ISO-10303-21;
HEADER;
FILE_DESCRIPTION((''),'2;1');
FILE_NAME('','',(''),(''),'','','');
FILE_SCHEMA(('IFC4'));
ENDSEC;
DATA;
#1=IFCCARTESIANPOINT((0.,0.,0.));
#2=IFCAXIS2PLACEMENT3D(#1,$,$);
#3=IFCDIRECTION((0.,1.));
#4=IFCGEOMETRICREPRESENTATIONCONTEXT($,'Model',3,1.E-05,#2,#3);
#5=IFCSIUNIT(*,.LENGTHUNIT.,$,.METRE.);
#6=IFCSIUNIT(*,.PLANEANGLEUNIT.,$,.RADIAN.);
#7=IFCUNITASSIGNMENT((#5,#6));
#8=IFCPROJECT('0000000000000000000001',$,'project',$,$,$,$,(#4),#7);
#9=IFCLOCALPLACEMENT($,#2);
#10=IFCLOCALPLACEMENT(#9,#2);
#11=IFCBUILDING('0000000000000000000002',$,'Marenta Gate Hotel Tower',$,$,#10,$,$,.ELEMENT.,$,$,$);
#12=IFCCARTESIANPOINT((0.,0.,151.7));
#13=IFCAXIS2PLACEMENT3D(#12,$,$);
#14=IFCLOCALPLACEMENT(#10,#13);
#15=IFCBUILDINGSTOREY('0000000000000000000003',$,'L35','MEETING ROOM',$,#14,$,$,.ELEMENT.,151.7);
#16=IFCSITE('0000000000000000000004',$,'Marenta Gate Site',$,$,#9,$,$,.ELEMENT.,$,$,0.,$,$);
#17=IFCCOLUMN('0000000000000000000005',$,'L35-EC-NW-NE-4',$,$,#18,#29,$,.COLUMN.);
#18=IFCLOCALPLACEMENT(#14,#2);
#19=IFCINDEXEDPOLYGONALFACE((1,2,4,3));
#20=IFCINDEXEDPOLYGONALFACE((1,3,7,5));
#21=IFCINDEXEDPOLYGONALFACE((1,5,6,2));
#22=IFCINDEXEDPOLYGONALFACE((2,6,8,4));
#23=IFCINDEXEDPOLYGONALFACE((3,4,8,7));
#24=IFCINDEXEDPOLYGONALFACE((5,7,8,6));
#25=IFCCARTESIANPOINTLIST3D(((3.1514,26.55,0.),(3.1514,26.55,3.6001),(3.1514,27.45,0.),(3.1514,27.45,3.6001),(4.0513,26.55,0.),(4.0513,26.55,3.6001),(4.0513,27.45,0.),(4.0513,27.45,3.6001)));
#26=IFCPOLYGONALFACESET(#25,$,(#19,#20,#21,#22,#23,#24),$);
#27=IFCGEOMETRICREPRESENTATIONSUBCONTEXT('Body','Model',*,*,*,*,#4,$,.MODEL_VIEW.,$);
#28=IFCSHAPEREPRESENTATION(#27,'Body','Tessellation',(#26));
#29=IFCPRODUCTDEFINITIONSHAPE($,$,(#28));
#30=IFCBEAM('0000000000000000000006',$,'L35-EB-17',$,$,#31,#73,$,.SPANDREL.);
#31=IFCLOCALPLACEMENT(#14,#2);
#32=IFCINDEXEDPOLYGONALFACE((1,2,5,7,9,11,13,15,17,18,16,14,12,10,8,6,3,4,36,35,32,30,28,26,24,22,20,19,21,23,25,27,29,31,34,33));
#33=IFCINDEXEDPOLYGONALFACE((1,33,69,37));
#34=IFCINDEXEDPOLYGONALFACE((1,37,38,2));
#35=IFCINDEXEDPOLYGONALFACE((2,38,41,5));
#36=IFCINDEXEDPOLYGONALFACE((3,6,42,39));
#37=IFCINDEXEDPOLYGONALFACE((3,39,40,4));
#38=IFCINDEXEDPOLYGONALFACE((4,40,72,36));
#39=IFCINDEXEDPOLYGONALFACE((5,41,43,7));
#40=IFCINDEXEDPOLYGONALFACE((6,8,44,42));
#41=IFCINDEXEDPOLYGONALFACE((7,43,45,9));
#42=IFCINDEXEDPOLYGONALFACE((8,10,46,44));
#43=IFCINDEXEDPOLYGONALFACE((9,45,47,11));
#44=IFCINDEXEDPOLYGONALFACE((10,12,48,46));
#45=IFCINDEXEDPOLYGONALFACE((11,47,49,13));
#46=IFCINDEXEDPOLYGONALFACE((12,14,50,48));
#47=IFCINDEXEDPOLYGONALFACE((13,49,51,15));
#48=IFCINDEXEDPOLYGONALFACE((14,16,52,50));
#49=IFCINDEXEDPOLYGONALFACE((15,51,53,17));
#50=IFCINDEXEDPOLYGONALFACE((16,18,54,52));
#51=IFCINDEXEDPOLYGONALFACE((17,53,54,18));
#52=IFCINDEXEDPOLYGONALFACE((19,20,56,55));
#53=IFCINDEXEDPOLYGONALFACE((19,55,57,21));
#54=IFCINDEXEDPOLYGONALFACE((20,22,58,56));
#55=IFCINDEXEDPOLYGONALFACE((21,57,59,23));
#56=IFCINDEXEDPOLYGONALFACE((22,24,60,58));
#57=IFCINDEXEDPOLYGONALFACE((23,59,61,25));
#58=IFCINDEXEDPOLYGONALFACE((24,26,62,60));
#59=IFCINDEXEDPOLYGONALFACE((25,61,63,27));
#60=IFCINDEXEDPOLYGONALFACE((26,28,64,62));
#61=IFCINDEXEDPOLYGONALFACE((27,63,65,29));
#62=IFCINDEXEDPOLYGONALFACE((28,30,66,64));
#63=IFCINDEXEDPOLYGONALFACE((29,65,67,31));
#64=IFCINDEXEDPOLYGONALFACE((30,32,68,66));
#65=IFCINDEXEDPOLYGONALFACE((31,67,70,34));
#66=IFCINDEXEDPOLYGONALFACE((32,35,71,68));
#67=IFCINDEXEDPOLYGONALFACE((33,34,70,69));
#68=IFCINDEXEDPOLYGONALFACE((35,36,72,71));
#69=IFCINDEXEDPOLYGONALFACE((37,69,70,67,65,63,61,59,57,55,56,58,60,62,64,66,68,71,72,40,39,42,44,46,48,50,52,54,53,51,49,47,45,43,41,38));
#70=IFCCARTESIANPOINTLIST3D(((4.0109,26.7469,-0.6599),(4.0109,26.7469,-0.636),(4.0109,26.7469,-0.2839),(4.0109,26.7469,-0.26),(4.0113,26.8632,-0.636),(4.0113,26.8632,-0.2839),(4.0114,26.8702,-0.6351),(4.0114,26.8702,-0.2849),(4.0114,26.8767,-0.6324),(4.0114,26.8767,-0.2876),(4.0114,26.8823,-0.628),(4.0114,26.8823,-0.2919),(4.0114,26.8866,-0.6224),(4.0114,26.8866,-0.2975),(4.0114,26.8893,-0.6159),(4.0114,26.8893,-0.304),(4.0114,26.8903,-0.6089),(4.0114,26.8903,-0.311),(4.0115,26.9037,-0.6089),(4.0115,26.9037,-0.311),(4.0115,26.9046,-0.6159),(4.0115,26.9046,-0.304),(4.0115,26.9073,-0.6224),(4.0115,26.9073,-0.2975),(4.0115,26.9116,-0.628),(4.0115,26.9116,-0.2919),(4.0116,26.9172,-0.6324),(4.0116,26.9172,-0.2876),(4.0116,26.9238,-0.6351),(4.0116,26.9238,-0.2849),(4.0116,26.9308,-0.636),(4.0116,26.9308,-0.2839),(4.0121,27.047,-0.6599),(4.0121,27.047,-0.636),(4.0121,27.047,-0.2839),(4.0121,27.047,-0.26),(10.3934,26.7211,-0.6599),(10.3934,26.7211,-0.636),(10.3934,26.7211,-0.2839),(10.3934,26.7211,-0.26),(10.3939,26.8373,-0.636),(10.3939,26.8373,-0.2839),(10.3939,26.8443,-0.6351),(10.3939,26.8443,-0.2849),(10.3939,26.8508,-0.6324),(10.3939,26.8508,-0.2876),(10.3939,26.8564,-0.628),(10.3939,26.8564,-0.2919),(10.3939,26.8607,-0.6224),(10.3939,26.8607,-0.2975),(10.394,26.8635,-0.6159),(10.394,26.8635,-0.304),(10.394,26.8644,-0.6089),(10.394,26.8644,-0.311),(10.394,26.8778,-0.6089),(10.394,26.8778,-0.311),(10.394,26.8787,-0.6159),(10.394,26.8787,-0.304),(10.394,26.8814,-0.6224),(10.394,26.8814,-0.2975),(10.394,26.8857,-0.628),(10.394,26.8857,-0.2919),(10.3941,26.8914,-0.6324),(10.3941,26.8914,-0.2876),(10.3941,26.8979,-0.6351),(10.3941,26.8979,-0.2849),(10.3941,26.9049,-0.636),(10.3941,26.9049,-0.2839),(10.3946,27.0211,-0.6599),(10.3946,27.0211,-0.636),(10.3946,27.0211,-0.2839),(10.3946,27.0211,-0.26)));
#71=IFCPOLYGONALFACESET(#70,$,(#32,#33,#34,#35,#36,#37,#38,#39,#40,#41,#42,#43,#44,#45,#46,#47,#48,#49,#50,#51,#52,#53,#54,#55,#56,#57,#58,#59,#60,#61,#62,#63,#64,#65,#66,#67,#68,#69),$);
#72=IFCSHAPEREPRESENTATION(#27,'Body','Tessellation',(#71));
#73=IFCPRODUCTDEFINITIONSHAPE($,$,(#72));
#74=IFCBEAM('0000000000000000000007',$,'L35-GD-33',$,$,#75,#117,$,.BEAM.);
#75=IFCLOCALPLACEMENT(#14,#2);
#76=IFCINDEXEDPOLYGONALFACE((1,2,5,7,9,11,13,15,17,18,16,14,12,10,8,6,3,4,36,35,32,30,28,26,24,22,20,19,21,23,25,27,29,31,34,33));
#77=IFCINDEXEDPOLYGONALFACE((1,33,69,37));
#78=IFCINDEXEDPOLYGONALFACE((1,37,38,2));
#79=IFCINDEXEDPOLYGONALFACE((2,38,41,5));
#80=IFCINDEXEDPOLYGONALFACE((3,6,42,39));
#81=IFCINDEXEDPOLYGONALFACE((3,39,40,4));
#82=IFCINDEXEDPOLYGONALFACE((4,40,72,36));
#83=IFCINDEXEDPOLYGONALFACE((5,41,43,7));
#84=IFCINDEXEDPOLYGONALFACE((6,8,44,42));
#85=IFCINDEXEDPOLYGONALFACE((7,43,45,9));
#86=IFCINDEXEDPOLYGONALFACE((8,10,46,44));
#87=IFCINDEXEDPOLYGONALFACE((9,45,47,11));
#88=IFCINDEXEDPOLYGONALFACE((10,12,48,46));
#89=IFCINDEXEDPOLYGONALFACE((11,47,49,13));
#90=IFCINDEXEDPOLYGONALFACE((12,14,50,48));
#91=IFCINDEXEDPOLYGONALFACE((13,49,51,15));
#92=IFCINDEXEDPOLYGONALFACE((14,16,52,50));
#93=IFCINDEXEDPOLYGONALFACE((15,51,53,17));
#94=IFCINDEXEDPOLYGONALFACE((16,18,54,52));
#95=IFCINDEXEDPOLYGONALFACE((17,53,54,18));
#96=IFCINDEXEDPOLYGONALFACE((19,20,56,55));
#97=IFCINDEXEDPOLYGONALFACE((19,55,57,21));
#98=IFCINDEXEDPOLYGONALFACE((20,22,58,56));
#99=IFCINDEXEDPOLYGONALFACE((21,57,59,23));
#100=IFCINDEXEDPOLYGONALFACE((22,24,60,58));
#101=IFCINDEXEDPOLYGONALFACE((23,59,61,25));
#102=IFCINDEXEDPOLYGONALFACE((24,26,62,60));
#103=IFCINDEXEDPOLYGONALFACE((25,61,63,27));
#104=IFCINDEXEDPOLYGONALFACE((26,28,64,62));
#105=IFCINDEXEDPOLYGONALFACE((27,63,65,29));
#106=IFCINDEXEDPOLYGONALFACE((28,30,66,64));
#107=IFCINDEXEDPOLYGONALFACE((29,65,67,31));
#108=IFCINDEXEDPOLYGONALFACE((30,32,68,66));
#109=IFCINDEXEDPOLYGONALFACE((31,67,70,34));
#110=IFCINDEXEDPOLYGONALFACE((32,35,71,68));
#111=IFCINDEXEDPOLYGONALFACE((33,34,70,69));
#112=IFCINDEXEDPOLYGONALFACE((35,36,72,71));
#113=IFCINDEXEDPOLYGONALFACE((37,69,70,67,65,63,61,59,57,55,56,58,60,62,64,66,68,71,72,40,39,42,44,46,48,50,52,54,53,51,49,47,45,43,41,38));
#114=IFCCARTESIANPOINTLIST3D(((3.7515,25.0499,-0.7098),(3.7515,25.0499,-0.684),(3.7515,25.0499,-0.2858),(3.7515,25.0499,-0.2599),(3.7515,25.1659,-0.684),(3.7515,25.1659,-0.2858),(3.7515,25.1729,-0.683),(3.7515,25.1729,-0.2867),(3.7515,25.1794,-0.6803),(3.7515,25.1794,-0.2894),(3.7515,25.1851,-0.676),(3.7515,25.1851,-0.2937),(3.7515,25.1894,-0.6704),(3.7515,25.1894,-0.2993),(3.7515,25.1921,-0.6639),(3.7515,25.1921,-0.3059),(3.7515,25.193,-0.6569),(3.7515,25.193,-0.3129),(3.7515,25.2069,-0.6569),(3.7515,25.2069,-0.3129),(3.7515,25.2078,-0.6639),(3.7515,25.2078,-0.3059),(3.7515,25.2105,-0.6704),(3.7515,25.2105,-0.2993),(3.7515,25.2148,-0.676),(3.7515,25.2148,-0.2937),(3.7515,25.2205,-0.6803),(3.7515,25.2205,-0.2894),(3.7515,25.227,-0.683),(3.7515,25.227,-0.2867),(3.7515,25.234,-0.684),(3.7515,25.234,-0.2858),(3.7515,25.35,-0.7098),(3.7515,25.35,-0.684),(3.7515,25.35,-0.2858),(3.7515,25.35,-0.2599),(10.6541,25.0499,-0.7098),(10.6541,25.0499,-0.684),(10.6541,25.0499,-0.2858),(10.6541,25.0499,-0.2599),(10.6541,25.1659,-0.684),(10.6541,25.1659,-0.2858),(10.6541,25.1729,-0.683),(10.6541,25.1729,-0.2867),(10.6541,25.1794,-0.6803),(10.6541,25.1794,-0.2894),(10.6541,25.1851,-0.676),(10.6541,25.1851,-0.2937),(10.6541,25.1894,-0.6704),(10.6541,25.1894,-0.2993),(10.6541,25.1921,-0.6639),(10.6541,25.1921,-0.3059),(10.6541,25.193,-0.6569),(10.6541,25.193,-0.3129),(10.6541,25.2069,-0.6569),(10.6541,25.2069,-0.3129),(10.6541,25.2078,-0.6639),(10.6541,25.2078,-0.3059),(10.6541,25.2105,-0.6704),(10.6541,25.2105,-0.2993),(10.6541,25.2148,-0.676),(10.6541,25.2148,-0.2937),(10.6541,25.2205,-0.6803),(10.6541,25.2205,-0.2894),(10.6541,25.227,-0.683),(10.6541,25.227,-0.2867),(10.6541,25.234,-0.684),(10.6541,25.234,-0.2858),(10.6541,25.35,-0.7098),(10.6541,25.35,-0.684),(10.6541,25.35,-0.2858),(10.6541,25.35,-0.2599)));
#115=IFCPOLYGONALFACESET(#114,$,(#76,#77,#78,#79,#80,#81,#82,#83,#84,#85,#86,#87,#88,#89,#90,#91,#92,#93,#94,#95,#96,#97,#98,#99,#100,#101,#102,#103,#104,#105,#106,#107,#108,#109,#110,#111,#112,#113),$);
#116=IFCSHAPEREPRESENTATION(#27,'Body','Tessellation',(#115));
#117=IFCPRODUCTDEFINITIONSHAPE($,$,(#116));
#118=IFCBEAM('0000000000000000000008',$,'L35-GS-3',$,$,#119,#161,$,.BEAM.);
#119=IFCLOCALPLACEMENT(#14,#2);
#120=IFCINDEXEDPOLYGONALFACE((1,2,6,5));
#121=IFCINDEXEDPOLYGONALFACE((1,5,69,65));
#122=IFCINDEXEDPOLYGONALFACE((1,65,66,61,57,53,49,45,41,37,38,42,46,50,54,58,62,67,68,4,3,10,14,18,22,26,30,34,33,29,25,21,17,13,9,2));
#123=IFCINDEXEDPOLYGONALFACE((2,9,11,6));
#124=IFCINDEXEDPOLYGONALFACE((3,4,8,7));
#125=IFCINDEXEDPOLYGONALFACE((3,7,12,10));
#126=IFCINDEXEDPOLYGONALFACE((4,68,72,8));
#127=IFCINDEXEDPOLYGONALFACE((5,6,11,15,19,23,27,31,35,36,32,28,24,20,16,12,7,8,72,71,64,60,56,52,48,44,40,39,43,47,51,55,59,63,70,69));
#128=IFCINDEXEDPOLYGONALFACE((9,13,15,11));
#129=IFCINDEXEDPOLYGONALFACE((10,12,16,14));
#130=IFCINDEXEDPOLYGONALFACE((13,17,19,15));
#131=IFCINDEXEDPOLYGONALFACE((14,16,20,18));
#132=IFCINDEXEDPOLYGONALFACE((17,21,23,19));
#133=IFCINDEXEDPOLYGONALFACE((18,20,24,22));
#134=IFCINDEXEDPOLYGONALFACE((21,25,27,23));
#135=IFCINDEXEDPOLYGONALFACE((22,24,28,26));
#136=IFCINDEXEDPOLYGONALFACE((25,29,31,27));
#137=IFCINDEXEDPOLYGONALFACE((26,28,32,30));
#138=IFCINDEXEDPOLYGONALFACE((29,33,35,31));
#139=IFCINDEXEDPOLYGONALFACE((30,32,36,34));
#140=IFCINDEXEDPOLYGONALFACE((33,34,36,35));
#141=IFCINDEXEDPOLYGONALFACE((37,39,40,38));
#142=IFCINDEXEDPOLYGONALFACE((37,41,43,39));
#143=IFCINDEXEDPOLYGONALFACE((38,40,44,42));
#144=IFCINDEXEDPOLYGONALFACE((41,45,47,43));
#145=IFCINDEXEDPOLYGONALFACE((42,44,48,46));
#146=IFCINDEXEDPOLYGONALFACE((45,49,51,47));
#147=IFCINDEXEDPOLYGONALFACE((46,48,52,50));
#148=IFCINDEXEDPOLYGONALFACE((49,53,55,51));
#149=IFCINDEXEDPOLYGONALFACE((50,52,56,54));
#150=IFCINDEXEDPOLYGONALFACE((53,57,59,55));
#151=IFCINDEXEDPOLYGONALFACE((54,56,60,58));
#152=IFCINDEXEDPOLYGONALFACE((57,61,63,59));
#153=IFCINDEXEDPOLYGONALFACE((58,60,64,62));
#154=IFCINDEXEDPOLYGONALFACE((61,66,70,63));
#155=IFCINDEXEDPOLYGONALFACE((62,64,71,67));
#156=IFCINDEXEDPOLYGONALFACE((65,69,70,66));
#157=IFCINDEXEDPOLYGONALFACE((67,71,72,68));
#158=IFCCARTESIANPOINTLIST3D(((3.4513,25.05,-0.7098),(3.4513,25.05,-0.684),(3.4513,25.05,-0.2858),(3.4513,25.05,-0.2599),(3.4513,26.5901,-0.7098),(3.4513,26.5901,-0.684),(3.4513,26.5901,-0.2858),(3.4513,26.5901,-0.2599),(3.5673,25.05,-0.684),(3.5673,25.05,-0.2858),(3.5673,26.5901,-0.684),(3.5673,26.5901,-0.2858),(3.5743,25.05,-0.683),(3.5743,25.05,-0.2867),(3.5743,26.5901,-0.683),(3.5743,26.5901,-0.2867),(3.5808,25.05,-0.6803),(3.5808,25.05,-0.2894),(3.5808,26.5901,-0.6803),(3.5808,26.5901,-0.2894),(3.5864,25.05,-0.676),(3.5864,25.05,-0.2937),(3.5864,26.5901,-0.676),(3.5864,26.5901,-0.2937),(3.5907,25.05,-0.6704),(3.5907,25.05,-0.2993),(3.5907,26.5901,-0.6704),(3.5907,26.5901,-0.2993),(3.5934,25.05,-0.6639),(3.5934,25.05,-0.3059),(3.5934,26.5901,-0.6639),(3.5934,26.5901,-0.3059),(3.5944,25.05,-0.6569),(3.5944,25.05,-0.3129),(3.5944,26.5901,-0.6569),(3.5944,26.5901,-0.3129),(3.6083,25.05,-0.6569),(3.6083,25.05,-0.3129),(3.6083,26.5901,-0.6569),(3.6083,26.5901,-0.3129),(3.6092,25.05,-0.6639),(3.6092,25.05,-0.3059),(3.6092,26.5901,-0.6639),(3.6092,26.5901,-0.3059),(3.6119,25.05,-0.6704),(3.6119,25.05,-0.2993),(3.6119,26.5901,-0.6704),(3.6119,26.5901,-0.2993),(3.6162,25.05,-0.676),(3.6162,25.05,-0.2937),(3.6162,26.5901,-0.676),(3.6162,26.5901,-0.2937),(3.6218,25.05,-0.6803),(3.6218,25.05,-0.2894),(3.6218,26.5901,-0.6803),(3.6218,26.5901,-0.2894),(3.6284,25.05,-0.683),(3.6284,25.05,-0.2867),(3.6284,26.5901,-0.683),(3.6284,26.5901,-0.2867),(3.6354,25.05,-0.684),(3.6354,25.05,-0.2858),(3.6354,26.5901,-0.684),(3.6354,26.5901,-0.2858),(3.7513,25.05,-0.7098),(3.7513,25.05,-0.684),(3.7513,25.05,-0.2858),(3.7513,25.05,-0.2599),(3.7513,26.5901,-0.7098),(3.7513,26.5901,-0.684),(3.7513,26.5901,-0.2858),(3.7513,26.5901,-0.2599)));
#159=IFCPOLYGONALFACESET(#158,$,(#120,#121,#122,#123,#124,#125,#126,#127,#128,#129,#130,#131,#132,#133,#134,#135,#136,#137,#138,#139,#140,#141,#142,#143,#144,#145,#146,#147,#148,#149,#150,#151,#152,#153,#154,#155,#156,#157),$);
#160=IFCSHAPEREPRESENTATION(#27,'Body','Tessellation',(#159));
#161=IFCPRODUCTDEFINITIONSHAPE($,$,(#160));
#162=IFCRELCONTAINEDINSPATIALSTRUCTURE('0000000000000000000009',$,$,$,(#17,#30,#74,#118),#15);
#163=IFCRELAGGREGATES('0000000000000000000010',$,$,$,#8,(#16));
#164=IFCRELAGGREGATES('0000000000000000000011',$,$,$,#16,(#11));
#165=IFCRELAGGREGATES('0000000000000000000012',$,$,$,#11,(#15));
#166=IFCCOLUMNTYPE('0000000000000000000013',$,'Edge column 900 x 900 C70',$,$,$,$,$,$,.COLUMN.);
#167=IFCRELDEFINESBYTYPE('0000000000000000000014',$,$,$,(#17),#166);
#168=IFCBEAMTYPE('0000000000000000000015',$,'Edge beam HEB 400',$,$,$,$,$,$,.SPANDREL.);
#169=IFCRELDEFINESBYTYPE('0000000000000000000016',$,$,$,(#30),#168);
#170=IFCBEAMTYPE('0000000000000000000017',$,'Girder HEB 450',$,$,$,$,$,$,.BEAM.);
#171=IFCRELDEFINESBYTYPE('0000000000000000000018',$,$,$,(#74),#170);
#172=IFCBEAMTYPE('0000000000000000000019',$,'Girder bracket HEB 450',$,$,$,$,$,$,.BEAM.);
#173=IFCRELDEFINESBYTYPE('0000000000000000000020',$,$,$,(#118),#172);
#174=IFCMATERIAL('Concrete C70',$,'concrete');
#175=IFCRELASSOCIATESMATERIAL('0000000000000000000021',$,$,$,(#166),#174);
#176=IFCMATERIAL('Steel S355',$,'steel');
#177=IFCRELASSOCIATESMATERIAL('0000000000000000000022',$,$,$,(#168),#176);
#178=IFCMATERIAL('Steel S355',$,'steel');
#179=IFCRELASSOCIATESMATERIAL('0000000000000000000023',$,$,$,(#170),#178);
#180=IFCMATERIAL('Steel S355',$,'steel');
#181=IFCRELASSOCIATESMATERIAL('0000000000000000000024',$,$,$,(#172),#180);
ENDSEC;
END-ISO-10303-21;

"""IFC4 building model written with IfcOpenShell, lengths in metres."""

from ifc_helpers import new_model, si_unit, direction, frame, origin, origin_2d, place, context, subcontext, project, spatial, rectangle, i_section, extrude, material, material_profile, profile_set, type_object, element, save


model = new_model("IFC4")

# Units and contexts
model_context = context("Model", 3, precision=1e-05, world=origin(), true_north=direction((0.0, 1.0)))
body_context = subcontext(model_context, "Body", "Model", "MODEL_VIEW")
ifc_project = project(units=[si_unit("LENGTHUNIT", "METRE"), si_unit("PLANEANGLEUNIT", "RADIAN")], contexts=[model_context])

# Site, building, storey
site_placement = place(None, origin())
site = spatial("IfcSite", under=ifc_project, at=site_placement, Name="Marenta Gate Site", CompositionType="ELEMENT", RefElevation=0.0)
building_placement = place(site_placement, origin())
building = spatial("IfcBuilding", under=site, at=building_placement, Name="Marenta Gate Hotel Tower", CompositionType="ELEMENT")
storey_placement = place(building_placement, frame((0.0, 0.0, 151.7)))
storey = spatial("IfcBuildingStorey", under=building, at=storey_placement, Name="L35", Description="MEETING ROOM", CompositionType="ELEMENT", Elevation=151.7)

# Column
ifc_material_1 = material(Name="Concrete C70", Category="concrete")
ifc_material_profile_1 = material_profile(ifc_material_1, rectangle(XDim=0.8999, YDim=0.8999, at=origin_2d()), Name="900 x 900")
ifc_profile_set_1 = profile_set([ifc_material_profile_1], Name="Concrete C70")
column_type = type_object("IfcColumnType", Name="Edge column 900 x 900 C70", PredefinedType="COLUMN", material=ifc_profile_set_1)
column_placement = place(storey_placement, frame((3.6013, 27.0, 0.0), z_axis=(0.0, 0.0, 1.0), x_axis=(1.0, 0.0, 0.0)))
element("IfcColumn", 1, at=column_placement, inside=storey, type_object=column_type, Name="L35-EC-NW-NE-4", PredefinedType="COLUMN", context=body_context, shape_type="SweptSolid", body=[
    extrude(rectangle(XDim=0.8999, YDim=0.8999, at=origin_2d()), origin(), (0.0, 0.0, 1.0), 3.6001),
])

# Beams
ifc_material_2 = material(Name="Steel S355", Category="steel")
ifc_material_profile_2 = material_profile(ifc_material_2, i_section(OverallWidth=0.3, OverallDepth=0.3999, WebThickness=0.0134, FlangeThickness=0.0239, FilletRadius=0.0271, at=origin_2d()), Name="HEB 400")
ifc_profile_set_2 = profile_set([ifc_material_profile_2], Name="Steel S355")
beam_type_1 = type_object("IfcBeamType", Name="Edge beam HEB 400", PredefinedType="SPANDREL", material=ifc_profile_set_2)
beam_1_placement = place(storey_placement, frame((4.0115, 26.897, -0.46), z_axis=(0.999992, -0.004055, 0.0), x_axis=(0.004055, 0.999992, 0.0)))
element("IfcBeam", 2, at=beam_1_placement, inside=storey, type_object=beam_type_1, Name="L35-EB-17", PredefinedType="SPANDREL", context=body_context, shape_type="SweptSolid", body=[
    extrude(i_section(OverallWidth=0.3, OverallDepth=0.3999, WebThickness=0.0134, FlangeThickness=0.0239, FilletRadius=0.0271, at=origin_2d()), origin(), (0.0, 0.0, 1.0), 6.3826),
])
ifc_material_3 = material(Name="Steel S355", Category="steel")
ifc_material_profile_3 = material_profile(ifc_material_3, i_section(OverallWidth=0.3, OverallDepth=0.45, WebThickness=0.0139, FlangeThickness=0.0259, FilletRadius=0.0271, at=origin_2d()), Name="HEB 450")
ifc_profile_set_3 = profile_set([ifc_material_profile_3], Name="Steel S355")
beam_type_2 = type_object("IfcBeamType", Name="Girder HEB 450", PredefinedType="BEAM", material=ifc_profile_set_3)
beam_2_placement = place(storey_placement, frame((3.7515, 25.2, -0.4849), z_axis=(1.0, 0.0, 0.0), x_axis=(0.0, 1.0, 0.0)))
element("IfcBeam", 3, at=beam_2_placement, inside=storey, type_object=beam_type_2, Name="L35-GD-33", PredefinedType="BEAM", context=body_context, shape_type="SweptSolid", body=[
    extrude(i_section(OverallWidth=0.3, OverallDepth=0.45, WebThickness=0.0139, FlangeThickness=0.0259, FilletRadius=0.0271, at=origin_2d()), origin(), (0.0, 0.0, 1.0), 6.9026),
])
ifc_material_4 = material(Name="Steel S355", Category="steel")
ifc_material_profile_4 = material_profile(ifc_material_4, i_section(OverallWidth=0.3, OverallDepth=0.45, WebThickness=0.0139, FlangeThickness=0.0259, FilletRadius=0.0271, at=origin_2d()), Name="HEB 450")
ifc_profile_set_4 = profile_set([ifc_material_profile_4], Name="Steel S355")
beam_type_3 = type_object("IfcBeamType", Name="Girder bracket HEB 450", PredefinedType="BEAM", material=ifc_profile_set_4)
beam_3_placement = place(storey_placement, frame((3.6013, 25.05, -0.4849), z_axis=(0.0, 1.0, 0.0), x_axis=(-1.0, 0.0, 0.0)))
element("IfcBeam", 4, at=beam_3_placement, inside=storey, type_object=beam_type_3, Name="L35-GS-3", PredefinedType="BEAM", context=body_context, shape_type="SweptSolid", body=[
    extrude(i_section(OverallWidth=0.3, OverallDepth=0.45, WebThickness=0.0139, FlangeThickness=0.0259, FilletRadius=0.0271, at=origin_2d()), origin(), (0.0, 0.0, 1.0), 1.54),
])

save(model, "model.ifc")
